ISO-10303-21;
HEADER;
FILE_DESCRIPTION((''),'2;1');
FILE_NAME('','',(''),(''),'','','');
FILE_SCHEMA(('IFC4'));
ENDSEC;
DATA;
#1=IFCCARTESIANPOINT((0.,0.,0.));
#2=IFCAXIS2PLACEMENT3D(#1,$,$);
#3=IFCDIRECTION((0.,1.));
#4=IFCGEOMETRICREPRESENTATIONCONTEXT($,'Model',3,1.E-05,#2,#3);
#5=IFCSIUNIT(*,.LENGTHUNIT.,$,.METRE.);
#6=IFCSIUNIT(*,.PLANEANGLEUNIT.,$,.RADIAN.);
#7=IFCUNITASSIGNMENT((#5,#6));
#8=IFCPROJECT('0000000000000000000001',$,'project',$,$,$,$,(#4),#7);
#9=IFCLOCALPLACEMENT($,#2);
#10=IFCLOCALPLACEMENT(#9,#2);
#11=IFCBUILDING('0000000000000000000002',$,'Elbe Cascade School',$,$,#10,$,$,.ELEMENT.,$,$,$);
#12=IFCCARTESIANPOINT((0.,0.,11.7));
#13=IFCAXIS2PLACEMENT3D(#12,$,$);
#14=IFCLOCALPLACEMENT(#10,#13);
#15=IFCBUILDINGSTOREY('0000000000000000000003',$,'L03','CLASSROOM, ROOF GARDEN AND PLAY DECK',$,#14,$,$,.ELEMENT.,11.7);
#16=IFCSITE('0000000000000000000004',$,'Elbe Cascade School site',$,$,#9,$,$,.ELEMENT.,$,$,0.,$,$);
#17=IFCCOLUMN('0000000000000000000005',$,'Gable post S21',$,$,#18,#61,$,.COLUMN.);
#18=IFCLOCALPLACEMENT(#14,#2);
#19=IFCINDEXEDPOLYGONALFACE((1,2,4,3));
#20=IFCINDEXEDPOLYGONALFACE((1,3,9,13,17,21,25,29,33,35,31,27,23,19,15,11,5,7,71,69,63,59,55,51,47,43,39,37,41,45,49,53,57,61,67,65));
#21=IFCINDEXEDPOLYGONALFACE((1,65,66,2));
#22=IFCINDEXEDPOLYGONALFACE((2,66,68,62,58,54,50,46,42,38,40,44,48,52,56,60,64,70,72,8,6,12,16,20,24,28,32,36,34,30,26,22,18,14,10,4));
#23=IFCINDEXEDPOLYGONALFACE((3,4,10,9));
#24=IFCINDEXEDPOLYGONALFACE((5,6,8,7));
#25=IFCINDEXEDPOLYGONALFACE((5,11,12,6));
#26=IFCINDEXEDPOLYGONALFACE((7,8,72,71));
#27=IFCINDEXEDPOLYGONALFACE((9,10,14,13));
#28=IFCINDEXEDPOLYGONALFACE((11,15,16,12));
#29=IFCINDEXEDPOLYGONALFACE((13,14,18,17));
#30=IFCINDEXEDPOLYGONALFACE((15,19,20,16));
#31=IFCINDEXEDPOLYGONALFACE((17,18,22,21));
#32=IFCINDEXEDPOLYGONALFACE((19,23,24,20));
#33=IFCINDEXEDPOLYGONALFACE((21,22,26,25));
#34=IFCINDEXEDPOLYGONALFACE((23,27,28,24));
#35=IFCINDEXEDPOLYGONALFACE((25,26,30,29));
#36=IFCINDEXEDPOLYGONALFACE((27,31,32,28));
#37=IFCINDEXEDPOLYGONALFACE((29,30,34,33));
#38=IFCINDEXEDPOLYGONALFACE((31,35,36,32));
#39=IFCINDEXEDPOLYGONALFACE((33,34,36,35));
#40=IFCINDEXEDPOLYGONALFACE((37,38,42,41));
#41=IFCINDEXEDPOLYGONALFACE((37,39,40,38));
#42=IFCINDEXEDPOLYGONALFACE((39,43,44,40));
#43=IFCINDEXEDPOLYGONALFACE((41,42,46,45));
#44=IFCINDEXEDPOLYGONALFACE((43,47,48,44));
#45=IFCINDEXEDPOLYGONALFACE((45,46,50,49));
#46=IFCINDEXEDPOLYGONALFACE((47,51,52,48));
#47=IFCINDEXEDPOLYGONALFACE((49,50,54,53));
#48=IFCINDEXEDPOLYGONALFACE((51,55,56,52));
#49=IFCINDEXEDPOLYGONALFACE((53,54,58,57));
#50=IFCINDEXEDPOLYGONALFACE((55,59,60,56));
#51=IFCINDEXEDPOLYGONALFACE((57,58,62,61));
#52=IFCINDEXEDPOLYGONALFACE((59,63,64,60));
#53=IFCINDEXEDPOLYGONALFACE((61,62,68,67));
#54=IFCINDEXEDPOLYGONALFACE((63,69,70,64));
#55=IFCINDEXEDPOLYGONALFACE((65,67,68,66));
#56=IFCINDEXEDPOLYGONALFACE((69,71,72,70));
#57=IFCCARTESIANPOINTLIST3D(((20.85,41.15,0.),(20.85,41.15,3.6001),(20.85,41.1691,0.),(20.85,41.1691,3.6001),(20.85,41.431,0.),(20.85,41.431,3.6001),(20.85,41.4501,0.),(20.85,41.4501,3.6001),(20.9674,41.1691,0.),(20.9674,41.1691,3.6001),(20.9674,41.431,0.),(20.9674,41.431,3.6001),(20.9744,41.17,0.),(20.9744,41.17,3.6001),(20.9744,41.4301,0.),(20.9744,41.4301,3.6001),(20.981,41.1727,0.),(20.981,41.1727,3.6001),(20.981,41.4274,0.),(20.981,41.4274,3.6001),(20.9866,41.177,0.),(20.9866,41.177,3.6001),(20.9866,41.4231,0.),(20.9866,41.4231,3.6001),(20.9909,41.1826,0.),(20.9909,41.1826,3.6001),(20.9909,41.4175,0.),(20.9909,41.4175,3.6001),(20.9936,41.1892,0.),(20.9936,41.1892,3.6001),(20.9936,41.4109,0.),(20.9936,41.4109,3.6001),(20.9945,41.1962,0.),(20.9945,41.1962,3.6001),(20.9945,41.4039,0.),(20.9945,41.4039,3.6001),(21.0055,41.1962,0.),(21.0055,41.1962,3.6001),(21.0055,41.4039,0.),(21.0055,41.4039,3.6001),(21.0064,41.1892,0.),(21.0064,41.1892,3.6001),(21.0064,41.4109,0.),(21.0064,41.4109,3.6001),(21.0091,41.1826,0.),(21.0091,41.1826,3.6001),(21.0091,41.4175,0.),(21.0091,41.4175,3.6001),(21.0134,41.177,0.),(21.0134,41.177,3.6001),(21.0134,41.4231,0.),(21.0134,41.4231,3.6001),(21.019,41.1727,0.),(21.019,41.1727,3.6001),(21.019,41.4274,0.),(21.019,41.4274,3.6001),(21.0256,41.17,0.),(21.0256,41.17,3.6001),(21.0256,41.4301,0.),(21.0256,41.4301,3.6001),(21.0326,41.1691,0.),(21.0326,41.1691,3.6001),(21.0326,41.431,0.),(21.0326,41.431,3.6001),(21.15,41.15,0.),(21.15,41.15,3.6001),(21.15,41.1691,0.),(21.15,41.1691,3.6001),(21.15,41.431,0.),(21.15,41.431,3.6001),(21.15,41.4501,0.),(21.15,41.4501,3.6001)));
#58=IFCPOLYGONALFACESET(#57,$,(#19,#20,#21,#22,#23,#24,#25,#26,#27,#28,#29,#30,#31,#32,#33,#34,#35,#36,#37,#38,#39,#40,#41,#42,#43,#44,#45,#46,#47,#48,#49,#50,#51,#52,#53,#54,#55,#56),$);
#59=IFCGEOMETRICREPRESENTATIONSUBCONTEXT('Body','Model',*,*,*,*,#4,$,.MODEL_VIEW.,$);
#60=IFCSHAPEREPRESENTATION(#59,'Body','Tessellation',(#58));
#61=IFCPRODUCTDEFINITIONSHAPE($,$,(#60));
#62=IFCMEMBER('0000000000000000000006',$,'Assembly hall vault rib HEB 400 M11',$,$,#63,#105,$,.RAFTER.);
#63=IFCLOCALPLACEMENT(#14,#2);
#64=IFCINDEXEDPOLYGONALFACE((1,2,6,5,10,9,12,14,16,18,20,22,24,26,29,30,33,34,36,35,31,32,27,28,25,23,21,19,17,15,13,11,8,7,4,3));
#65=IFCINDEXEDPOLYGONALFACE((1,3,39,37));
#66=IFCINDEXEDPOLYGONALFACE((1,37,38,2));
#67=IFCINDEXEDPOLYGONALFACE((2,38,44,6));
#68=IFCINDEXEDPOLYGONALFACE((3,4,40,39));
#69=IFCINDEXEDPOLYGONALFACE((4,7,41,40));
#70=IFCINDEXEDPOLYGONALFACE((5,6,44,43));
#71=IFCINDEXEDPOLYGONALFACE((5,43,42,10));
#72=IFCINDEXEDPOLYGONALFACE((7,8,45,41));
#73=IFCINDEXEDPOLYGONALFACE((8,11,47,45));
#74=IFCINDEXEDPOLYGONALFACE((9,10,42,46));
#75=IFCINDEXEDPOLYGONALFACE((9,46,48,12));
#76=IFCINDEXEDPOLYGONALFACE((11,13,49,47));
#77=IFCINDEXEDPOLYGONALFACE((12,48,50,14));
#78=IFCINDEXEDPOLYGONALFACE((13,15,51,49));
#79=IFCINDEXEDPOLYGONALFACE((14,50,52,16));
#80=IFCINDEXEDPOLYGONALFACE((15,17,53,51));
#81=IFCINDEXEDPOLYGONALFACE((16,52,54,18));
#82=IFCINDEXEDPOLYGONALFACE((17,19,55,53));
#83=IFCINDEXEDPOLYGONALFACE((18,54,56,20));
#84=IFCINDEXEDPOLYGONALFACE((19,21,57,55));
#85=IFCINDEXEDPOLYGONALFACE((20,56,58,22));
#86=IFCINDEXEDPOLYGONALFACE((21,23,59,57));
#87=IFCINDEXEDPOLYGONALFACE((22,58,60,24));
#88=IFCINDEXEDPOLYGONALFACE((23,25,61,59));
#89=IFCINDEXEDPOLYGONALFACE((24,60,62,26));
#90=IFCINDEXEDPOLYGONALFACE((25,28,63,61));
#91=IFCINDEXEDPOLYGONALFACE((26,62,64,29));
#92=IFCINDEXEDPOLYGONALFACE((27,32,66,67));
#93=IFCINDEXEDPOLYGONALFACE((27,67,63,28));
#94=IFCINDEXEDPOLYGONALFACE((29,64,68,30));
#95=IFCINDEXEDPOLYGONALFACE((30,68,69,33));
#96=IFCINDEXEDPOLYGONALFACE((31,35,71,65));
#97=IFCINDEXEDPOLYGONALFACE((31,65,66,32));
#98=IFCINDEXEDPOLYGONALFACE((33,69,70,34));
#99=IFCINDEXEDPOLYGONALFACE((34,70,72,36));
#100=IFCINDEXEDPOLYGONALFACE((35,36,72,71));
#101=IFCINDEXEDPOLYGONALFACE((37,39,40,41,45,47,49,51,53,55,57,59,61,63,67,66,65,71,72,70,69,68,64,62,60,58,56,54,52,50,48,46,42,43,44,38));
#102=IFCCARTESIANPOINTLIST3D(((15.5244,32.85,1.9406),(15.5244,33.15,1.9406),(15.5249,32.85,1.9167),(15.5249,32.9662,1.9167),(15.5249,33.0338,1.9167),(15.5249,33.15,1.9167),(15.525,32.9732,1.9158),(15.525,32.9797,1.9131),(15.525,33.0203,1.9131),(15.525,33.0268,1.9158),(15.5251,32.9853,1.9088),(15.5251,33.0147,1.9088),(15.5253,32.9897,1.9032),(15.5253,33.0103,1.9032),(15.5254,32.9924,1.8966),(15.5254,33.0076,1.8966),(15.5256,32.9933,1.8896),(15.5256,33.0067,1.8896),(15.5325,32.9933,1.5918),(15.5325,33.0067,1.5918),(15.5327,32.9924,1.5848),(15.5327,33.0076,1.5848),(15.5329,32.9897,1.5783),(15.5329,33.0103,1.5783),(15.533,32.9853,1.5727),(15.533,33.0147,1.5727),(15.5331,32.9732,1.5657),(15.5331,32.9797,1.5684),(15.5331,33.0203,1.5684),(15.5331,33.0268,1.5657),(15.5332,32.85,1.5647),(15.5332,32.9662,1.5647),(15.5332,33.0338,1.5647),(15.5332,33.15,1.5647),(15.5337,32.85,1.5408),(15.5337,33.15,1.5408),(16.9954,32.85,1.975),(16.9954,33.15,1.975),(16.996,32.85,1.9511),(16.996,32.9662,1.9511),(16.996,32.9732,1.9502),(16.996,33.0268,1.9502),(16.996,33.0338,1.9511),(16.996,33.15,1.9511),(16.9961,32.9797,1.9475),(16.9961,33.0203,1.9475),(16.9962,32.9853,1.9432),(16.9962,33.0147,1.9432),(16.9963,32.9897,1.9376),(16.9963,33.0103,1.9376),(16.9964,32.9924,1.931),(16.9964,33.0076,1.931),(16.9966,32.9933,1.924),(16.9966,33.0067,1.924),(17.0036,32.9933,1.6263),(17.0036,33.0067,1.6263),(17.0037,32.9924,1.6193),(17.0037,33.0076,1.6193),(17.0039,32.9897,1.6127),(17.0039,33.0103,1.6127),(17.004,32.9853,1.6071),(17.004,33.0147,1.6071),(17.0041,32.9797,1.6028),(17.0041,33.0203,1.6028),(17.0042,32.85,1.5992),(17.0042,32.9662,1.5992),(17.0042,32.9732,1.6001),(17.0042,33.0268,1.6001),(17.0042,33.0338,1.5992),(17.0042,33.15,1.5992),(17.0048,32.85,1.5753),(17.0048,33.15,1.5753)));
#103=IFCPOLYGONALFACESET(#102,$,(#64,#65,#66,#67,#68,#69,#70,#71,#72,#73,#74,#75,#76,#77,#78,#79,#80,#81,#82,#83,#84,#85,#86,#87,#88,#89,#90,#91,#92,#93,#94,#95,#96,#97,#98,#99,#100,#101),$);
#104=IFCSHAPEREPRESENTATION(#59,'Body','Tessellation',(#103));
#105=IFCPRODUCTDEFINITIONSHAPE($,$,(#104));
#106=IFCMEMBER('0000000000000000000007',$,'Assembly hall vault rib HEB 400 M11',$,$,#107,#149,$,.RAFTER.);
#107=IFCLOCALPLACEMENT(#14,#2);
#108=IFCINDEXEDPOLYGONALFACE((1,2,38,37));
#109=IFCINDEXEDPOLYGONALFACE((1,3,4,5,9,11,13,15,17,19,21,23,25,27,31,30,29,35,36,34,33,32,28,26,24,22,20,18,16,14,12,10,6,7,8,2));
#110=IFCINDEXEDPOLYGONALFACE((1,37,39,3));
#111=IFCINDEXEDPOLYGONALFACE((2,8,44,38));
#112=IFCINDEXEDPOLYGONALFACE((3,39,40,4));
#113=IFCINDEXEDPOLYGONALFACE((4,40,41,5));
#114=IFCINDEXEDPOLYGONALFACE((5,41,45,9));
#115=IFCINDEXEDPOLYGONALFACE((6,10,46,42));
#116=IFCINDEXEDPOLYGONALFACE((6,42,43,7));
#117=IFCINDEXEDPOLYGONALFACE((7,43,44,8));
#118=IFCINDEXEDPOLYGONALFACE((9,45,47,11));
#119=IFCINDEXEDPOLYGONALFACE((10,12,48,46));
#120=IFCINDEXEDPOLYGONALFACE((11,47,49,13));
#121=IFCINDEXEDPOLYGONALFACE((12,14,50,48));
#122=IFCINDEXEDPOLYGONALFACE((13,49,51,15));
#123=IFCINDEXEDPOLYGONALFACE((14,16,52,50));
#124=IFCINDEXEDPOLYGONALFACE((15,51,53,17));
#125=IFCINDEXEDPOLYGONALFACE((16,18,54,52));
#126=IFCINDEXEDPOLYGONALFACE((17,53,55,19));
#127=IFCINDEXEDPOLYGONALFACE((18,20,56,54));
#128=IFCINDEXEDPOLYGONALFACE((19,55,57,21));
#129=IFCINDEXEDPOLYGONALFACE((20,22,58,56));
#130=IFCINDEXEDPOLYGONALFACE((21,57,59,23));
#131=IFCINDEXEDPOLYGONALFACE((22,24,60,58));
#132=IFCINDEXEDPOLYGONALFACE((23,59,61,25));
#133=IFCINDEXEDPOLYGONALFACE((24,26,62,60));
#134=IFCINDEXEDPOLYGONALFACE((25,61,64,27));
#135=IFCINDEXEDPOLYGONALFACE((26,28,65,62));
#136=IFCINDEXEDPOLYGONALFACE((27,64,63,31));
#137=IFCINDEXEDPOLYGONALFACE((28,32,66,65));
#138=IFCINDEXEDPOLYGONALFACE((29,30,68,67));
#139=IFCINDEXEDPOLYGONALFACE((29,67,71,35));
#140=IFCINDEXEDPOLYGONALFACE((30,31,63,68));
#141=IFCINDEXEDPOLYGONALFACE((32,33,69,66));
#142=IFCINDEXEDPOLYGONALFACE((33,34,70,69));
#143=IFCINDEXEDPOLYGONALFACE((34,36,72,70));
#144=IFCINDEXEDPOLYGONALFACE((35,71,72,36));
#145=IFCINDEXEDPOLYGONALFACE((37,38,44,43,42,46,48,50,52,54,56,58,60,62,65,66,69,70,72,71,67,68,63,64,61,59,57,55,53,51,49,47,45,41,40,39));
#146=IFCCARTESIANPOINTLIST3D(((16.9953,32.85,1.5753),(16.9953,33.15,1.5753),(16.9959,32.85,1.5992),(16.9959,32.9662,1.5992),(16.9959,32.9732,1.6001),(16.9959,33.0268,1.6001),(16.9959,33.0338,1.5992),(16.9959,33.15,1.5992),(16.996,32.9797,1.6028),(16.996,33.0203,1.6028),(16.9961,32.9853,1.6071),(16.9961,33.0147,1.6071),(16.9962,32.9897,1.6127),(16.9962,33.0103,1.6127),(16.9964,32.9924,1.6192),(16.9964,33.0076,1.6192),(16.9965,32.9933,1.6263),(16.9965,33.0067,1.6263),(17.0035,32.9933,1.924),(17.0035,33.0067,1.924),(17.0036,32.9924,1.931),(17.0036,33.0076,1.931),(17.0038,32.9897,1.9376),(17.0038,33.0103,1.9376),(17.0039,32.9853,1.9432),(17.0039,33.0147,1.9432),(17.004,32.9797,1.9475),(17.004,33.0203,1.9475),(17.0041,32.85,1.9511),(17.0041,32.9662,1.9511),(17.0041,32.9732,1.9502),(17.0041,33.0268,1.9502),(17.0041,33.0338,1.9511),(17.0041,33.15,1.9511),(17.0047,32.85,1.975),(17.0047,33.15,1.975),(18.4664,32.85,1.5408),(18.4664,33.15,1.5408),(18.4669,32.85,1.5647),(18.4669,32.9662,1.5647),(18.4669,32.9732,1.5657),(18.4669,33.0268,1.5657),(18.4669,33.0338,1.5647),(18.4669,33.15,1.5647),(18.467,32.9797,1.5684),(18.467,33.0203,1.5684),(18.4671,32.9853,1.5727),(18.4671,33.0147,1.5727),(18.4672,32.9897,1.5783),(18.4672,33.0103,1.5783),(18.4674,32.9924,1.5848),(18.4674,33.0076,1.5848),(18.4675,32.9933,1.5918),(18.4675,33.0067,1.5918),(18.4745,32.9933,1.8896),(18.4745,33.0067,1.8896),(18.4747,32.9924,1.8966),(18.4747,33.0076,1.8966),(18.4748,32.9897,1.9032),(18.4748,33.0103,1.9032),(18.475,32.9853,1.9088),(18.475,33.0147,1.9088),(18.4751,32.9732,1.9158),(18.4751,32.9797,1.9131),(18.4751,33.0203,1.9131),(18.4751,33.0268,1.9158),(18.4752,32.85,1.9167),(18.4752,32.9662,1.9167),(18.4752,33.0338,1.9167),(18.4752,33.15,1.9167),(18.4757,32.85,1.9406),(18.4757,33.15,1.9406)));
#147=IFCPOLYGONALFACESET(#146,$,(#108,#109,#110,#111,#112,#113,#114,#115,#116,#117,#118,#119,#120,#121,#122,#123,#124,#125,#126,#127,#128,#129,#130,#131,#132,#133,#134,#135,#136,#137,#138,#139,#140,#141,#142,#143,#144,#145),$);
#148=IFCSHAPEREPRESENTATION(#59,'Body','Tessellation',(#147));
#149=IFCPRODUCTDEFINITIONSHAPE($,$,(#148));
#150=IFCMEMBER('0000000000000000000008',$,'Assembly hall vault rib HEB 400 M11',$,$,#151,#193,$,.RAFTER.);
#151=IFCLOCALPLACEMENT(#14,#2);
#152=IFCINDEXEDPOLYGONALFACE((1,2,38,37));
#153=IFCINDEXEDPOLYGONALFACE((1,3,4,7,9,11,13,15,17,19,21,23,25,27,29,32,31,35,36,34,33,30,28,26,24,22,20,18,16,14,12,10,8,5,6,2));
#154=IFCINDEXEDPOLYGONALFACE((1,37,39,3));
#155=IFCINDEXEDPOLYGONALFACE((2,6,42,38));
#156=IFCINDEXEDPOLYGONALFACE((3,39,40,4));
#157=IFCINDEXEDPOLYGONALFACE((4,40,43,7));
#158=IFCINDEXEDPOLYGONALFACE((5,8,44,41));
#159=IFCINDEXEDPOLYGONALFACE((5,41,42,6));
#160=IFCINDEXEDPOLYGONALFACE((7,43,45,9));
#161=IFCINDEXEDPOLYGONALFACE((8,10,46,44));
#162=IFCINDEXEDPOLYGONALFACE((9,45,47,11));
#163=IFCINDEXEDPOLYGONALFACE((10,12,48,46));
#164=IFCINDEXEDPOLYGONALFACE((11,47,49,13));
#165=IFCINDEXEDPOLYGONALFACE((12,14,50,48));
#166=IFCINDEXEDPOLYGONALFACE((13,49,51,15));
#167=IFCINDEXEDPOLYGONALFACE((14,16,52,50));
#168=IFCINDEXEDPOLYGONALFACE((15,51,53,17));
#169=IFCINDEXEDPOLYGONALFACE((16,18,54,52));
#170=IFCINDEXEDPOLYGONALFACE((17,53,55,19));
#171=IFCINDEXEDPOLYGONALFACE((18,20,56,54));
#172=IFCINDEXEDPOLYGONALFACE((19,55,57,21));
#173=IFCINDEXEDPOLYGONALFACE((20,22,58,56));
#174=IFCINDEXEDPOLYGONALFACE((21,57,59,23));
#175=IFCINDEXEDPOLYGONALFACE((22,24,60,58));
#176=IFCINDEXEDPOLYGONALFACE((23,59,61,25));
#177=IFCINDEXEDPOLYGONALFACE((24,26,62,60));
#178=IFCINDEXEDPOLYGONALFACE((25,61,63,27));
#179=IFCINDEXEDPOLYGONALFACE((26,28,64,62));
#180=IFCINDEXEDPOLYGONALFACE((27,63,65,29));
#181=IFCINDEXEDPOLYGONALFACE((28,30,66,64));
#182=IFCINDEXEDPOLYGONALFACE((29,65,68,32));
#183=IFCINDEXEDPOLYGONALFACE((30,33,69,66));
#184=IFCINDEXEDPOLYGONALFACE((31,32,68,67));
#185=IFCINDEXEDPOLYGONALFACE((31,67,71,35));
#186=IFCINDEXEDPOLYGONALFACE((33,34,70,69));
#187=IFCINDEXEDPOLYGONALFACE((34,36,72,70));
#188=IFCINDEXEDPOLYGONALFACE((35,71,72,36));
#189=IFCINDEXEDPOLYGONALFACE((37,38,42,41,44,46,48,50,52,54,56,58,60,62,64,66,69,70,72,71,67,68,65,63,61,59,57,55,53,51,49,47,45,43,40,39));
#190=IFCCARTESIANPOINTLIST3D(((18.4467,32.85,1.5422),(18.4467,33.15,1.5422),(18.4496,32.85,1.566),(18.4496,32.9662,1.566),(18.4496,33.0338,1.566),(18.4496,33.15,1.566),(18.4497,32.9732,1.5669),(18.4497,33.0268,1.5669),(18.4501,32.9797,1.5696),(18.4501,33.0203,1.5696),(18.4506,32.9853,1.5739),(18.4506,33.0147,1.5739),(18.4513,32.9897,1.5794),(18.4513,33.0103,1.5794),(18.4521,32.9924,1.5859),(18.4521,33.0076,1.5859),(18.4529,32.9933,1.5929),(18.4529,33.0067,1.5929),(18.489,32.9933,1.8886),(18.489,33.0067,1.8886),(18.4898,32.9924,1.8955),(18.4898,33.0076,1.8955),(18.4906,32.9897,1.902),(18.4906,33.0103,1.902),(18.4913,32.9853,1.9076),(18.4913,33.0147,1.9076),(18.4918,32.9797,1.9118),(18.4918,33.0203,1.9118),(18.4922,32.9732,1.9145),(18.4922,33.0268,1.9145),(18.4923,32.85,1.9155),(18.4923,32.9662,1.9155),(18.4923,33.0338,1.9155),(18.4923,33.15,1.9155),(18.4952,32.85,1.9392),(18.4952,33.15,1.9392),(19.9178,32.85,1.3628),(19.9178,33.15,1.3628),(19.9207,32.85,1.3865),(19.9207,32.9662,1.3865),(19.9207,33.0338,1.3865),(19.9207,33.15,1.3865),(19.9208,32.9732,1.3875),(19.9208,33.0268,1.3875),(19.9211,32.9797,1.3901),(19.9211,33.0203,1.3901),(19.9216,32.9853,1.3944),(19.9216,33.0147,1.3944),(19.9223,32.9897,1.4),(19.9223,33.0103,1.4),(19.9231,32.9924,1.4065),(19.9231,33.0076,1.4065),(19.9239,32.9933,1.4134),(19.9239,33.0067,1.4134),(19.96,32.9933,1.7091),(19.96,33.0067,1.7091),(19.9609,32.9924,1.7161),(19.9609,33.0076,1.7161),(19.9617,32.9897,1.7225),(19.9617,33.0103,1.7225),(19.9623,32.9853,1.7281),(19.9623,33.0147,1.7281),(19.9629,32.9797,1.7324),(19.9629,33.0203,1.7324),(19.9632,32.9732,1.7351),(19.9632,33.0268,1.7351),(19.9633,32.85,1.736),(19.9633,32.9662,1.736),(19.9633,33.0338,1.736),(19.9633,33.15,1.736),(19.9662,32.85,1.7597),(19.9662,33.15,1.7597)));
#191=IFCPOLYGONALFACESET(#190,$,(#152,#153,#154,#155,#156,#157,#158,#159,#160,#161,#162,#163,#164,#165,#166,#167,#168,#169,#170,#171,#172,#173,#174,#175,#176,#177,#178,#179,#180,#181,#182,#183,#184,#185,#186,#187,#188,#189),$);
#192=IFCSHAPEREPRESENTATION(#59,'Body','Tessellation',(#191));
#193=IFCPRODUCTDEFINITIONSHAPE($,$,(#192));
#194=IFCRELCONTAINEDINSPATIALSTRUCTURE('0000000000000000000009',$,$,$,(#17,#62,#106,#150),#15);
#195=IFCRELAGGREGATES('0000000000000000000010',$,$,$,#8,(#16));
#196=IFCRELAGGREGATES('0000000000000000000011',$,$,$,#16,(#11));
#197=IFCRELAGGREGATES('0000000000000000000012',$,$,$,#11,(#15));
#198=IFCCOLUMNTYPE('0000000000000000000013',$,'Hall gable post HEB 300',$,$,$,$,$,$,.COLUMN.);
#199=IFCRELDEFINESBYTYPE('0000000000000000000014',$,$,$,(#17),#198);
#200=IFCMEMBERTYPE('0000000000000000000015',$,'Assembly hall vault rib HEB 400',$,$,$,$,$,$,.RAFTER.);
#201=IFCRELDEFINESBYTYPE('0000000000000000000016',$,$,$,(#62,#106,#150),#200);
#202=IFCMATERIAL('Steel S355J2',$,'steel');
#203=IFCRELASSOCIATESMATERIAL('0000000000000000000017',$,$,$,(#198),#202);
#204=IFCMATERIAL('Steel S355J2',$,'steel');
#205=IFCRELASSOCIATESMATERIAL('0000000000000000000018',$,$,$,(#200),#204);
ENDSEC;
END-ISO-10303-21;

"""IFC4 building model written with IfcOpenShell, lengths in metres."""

from ifc_helpers import new_model, si_unit, direction, frame, origin, origin_2d, place, context, subcontext, project, spatial, i_section, extrude, material, material_profile, profile_set, type_object, element, save


model = new_model("IFC4")

# Units and contexts
model_context = context("Model", 3, precision=1e-05, world=origin(), true_north=direction((0.0, 1.0)))
body_context = subcontext(model_context, "Body", "Model", "MODEL_VIEW")
ifc_project = project(units=[si_unit("LENGTHUNIT", "METRE"), si_unit("PLANEANGLEUNIT", "RADIAN")], contexts=[model_context])

# Site, building, storey
site_placement = place(None, origin())
site = spatial("IfcSite", under=ifc_project, at=site_placement, Name="Elbe Cascade School site", CompositionType="ELEMENT", RefElevation=0.0)
building_placement = place(site_placement, origin())
building = spatial("IfcBuilding", under=site, at=building_placement, Name="Elbe Cascade School", CompositionType="ELEMENT")
storey_placement = place(building_placement, frame((0.0, 0.0, 11.7)))
storey = spatial("IfcBuildingStorey", under=building, at=storey_placement, Name="L03", Description="CLASSROOM, ROOF GARDEN AND PLAY DECK", CompositionType="ELEMENT", Elevation=11.7)

# Column
ifc_material_1 = material(Name="Steel S355J2", Category="steel")
ifc_material_profile_1 = material_profile(ifc_material_1, i_section(OverallWidth=0.3, OverallDepth=0.3, WebThickness=0.011, FlangeThickness=0.019, FilletRadius=0.0271, at=origin_2d()), Name="HEB 300")
ifc_profile_set_1 = profile_set([ifc_material_profile_1], Name="Steel S355J2")
column_type = type_object("IfcColumnType", Name="Hall gable post HEB 300", PredefinedType="COLUMN", material=ifc_profile_set_1)
column_placement = place(storey_placement, frame((21.0, 41.3, 0.0), z_axis=(0.0, 0.0, 1.0), x_axis=(1.0, 0.0, 0.0)))
element("IfcColumn", 1, at=column_placement, inside=storey, type_object=column_type, Name="Gable post S21", PredefinedType="COLUMN", context=body_context, shape_type="SweptSolid", body=[
    extrude(i_section(OverallWidth=0.3, OverallDepth=0.3, WebThickness=0.011, FlangeThickness=0.019, FilletRadius=0.0271, at=origin_2d()), origin(), (0.0, 0.0, 1.0), 3.6001),
])

# Members
ifc_material_2 = material(Name="Steel S355J2", Category="steel")
ifc_material_profile_2 = material_profile(ifc_material_2, i_section(OverallWidth=0.3, OverallDepth=0.3999, WebThickness=0.0134, FlangeThickness=0.0239, FilletRadius=0.0271, at=origin_2d()), Name="HEB 400")
ifc_profile_set_2 = profile_set([ifc_material_profile_2], Name="Steel S355J2")
member_type_1 = type_object("IfcMemberType", Name="Assembly hall vault rib HEB 400", PredefinedType="RAFTER", material=ifc_profile_set_2)
for number, where, z_axis, x_axis, name in (
    (2, (15.5291, 33.0, 1.7407), (0.999726, 0.0, 0.023396), (0.0, 1.0, 0.0), "Assembly hall vault rib HEB 400 M11"),
    (3, (17.0, 33.0, 1.7751), (0.999726, 0.0, -0.023396), (0.0, 1.0, 0.0), "Assembly hall vault rib HEB 400 M11"),
):
    element("IfcMember", number, at=place(storey_placement, frame(where, z_axis=z_axis, x_axis=x_axis)), inside=storey, type_object=member_type_1, Name=name, PredefinedType="RAFTER", context=body_context, shape_type="SweptSolid", body=[
        extrude(i_section(OverallWidth=0.3, OverallDepth=0.3999, WebThickness=0.0134, FlangeThickness=0.0239, FilletRadius=0.0271, at=origin_2d()), origin(), (0.0, 0.0, 1.0), 1.4714),
    ])
member_1_placement = place(storey_placement, frame((18.4709, 33.0, 1.7407), z_axis=(0.992641, 0.0, -0.121094), x_axis=(0.0, 1.0, 0.0)))
element("IfcMember", 4, at=member_1_placement, inside=storey, type_object=member_type_1, Name="Assembly hall vault rib HEB 400 M11", PredefinedType="RAFTER", context=body_context, shape_type="SweptSolid", body=[
    extrude(i_section(OverallWidth=0.3, OverallDepth=0.3999, WebThickness=0.0134, FlangeThickness=0.0239, FilletRadius=0.0271, at=origin_2d()), origin(), (0.0, 0.0, 1.0), 1.4819),
])

save(model, "model.ifc")
